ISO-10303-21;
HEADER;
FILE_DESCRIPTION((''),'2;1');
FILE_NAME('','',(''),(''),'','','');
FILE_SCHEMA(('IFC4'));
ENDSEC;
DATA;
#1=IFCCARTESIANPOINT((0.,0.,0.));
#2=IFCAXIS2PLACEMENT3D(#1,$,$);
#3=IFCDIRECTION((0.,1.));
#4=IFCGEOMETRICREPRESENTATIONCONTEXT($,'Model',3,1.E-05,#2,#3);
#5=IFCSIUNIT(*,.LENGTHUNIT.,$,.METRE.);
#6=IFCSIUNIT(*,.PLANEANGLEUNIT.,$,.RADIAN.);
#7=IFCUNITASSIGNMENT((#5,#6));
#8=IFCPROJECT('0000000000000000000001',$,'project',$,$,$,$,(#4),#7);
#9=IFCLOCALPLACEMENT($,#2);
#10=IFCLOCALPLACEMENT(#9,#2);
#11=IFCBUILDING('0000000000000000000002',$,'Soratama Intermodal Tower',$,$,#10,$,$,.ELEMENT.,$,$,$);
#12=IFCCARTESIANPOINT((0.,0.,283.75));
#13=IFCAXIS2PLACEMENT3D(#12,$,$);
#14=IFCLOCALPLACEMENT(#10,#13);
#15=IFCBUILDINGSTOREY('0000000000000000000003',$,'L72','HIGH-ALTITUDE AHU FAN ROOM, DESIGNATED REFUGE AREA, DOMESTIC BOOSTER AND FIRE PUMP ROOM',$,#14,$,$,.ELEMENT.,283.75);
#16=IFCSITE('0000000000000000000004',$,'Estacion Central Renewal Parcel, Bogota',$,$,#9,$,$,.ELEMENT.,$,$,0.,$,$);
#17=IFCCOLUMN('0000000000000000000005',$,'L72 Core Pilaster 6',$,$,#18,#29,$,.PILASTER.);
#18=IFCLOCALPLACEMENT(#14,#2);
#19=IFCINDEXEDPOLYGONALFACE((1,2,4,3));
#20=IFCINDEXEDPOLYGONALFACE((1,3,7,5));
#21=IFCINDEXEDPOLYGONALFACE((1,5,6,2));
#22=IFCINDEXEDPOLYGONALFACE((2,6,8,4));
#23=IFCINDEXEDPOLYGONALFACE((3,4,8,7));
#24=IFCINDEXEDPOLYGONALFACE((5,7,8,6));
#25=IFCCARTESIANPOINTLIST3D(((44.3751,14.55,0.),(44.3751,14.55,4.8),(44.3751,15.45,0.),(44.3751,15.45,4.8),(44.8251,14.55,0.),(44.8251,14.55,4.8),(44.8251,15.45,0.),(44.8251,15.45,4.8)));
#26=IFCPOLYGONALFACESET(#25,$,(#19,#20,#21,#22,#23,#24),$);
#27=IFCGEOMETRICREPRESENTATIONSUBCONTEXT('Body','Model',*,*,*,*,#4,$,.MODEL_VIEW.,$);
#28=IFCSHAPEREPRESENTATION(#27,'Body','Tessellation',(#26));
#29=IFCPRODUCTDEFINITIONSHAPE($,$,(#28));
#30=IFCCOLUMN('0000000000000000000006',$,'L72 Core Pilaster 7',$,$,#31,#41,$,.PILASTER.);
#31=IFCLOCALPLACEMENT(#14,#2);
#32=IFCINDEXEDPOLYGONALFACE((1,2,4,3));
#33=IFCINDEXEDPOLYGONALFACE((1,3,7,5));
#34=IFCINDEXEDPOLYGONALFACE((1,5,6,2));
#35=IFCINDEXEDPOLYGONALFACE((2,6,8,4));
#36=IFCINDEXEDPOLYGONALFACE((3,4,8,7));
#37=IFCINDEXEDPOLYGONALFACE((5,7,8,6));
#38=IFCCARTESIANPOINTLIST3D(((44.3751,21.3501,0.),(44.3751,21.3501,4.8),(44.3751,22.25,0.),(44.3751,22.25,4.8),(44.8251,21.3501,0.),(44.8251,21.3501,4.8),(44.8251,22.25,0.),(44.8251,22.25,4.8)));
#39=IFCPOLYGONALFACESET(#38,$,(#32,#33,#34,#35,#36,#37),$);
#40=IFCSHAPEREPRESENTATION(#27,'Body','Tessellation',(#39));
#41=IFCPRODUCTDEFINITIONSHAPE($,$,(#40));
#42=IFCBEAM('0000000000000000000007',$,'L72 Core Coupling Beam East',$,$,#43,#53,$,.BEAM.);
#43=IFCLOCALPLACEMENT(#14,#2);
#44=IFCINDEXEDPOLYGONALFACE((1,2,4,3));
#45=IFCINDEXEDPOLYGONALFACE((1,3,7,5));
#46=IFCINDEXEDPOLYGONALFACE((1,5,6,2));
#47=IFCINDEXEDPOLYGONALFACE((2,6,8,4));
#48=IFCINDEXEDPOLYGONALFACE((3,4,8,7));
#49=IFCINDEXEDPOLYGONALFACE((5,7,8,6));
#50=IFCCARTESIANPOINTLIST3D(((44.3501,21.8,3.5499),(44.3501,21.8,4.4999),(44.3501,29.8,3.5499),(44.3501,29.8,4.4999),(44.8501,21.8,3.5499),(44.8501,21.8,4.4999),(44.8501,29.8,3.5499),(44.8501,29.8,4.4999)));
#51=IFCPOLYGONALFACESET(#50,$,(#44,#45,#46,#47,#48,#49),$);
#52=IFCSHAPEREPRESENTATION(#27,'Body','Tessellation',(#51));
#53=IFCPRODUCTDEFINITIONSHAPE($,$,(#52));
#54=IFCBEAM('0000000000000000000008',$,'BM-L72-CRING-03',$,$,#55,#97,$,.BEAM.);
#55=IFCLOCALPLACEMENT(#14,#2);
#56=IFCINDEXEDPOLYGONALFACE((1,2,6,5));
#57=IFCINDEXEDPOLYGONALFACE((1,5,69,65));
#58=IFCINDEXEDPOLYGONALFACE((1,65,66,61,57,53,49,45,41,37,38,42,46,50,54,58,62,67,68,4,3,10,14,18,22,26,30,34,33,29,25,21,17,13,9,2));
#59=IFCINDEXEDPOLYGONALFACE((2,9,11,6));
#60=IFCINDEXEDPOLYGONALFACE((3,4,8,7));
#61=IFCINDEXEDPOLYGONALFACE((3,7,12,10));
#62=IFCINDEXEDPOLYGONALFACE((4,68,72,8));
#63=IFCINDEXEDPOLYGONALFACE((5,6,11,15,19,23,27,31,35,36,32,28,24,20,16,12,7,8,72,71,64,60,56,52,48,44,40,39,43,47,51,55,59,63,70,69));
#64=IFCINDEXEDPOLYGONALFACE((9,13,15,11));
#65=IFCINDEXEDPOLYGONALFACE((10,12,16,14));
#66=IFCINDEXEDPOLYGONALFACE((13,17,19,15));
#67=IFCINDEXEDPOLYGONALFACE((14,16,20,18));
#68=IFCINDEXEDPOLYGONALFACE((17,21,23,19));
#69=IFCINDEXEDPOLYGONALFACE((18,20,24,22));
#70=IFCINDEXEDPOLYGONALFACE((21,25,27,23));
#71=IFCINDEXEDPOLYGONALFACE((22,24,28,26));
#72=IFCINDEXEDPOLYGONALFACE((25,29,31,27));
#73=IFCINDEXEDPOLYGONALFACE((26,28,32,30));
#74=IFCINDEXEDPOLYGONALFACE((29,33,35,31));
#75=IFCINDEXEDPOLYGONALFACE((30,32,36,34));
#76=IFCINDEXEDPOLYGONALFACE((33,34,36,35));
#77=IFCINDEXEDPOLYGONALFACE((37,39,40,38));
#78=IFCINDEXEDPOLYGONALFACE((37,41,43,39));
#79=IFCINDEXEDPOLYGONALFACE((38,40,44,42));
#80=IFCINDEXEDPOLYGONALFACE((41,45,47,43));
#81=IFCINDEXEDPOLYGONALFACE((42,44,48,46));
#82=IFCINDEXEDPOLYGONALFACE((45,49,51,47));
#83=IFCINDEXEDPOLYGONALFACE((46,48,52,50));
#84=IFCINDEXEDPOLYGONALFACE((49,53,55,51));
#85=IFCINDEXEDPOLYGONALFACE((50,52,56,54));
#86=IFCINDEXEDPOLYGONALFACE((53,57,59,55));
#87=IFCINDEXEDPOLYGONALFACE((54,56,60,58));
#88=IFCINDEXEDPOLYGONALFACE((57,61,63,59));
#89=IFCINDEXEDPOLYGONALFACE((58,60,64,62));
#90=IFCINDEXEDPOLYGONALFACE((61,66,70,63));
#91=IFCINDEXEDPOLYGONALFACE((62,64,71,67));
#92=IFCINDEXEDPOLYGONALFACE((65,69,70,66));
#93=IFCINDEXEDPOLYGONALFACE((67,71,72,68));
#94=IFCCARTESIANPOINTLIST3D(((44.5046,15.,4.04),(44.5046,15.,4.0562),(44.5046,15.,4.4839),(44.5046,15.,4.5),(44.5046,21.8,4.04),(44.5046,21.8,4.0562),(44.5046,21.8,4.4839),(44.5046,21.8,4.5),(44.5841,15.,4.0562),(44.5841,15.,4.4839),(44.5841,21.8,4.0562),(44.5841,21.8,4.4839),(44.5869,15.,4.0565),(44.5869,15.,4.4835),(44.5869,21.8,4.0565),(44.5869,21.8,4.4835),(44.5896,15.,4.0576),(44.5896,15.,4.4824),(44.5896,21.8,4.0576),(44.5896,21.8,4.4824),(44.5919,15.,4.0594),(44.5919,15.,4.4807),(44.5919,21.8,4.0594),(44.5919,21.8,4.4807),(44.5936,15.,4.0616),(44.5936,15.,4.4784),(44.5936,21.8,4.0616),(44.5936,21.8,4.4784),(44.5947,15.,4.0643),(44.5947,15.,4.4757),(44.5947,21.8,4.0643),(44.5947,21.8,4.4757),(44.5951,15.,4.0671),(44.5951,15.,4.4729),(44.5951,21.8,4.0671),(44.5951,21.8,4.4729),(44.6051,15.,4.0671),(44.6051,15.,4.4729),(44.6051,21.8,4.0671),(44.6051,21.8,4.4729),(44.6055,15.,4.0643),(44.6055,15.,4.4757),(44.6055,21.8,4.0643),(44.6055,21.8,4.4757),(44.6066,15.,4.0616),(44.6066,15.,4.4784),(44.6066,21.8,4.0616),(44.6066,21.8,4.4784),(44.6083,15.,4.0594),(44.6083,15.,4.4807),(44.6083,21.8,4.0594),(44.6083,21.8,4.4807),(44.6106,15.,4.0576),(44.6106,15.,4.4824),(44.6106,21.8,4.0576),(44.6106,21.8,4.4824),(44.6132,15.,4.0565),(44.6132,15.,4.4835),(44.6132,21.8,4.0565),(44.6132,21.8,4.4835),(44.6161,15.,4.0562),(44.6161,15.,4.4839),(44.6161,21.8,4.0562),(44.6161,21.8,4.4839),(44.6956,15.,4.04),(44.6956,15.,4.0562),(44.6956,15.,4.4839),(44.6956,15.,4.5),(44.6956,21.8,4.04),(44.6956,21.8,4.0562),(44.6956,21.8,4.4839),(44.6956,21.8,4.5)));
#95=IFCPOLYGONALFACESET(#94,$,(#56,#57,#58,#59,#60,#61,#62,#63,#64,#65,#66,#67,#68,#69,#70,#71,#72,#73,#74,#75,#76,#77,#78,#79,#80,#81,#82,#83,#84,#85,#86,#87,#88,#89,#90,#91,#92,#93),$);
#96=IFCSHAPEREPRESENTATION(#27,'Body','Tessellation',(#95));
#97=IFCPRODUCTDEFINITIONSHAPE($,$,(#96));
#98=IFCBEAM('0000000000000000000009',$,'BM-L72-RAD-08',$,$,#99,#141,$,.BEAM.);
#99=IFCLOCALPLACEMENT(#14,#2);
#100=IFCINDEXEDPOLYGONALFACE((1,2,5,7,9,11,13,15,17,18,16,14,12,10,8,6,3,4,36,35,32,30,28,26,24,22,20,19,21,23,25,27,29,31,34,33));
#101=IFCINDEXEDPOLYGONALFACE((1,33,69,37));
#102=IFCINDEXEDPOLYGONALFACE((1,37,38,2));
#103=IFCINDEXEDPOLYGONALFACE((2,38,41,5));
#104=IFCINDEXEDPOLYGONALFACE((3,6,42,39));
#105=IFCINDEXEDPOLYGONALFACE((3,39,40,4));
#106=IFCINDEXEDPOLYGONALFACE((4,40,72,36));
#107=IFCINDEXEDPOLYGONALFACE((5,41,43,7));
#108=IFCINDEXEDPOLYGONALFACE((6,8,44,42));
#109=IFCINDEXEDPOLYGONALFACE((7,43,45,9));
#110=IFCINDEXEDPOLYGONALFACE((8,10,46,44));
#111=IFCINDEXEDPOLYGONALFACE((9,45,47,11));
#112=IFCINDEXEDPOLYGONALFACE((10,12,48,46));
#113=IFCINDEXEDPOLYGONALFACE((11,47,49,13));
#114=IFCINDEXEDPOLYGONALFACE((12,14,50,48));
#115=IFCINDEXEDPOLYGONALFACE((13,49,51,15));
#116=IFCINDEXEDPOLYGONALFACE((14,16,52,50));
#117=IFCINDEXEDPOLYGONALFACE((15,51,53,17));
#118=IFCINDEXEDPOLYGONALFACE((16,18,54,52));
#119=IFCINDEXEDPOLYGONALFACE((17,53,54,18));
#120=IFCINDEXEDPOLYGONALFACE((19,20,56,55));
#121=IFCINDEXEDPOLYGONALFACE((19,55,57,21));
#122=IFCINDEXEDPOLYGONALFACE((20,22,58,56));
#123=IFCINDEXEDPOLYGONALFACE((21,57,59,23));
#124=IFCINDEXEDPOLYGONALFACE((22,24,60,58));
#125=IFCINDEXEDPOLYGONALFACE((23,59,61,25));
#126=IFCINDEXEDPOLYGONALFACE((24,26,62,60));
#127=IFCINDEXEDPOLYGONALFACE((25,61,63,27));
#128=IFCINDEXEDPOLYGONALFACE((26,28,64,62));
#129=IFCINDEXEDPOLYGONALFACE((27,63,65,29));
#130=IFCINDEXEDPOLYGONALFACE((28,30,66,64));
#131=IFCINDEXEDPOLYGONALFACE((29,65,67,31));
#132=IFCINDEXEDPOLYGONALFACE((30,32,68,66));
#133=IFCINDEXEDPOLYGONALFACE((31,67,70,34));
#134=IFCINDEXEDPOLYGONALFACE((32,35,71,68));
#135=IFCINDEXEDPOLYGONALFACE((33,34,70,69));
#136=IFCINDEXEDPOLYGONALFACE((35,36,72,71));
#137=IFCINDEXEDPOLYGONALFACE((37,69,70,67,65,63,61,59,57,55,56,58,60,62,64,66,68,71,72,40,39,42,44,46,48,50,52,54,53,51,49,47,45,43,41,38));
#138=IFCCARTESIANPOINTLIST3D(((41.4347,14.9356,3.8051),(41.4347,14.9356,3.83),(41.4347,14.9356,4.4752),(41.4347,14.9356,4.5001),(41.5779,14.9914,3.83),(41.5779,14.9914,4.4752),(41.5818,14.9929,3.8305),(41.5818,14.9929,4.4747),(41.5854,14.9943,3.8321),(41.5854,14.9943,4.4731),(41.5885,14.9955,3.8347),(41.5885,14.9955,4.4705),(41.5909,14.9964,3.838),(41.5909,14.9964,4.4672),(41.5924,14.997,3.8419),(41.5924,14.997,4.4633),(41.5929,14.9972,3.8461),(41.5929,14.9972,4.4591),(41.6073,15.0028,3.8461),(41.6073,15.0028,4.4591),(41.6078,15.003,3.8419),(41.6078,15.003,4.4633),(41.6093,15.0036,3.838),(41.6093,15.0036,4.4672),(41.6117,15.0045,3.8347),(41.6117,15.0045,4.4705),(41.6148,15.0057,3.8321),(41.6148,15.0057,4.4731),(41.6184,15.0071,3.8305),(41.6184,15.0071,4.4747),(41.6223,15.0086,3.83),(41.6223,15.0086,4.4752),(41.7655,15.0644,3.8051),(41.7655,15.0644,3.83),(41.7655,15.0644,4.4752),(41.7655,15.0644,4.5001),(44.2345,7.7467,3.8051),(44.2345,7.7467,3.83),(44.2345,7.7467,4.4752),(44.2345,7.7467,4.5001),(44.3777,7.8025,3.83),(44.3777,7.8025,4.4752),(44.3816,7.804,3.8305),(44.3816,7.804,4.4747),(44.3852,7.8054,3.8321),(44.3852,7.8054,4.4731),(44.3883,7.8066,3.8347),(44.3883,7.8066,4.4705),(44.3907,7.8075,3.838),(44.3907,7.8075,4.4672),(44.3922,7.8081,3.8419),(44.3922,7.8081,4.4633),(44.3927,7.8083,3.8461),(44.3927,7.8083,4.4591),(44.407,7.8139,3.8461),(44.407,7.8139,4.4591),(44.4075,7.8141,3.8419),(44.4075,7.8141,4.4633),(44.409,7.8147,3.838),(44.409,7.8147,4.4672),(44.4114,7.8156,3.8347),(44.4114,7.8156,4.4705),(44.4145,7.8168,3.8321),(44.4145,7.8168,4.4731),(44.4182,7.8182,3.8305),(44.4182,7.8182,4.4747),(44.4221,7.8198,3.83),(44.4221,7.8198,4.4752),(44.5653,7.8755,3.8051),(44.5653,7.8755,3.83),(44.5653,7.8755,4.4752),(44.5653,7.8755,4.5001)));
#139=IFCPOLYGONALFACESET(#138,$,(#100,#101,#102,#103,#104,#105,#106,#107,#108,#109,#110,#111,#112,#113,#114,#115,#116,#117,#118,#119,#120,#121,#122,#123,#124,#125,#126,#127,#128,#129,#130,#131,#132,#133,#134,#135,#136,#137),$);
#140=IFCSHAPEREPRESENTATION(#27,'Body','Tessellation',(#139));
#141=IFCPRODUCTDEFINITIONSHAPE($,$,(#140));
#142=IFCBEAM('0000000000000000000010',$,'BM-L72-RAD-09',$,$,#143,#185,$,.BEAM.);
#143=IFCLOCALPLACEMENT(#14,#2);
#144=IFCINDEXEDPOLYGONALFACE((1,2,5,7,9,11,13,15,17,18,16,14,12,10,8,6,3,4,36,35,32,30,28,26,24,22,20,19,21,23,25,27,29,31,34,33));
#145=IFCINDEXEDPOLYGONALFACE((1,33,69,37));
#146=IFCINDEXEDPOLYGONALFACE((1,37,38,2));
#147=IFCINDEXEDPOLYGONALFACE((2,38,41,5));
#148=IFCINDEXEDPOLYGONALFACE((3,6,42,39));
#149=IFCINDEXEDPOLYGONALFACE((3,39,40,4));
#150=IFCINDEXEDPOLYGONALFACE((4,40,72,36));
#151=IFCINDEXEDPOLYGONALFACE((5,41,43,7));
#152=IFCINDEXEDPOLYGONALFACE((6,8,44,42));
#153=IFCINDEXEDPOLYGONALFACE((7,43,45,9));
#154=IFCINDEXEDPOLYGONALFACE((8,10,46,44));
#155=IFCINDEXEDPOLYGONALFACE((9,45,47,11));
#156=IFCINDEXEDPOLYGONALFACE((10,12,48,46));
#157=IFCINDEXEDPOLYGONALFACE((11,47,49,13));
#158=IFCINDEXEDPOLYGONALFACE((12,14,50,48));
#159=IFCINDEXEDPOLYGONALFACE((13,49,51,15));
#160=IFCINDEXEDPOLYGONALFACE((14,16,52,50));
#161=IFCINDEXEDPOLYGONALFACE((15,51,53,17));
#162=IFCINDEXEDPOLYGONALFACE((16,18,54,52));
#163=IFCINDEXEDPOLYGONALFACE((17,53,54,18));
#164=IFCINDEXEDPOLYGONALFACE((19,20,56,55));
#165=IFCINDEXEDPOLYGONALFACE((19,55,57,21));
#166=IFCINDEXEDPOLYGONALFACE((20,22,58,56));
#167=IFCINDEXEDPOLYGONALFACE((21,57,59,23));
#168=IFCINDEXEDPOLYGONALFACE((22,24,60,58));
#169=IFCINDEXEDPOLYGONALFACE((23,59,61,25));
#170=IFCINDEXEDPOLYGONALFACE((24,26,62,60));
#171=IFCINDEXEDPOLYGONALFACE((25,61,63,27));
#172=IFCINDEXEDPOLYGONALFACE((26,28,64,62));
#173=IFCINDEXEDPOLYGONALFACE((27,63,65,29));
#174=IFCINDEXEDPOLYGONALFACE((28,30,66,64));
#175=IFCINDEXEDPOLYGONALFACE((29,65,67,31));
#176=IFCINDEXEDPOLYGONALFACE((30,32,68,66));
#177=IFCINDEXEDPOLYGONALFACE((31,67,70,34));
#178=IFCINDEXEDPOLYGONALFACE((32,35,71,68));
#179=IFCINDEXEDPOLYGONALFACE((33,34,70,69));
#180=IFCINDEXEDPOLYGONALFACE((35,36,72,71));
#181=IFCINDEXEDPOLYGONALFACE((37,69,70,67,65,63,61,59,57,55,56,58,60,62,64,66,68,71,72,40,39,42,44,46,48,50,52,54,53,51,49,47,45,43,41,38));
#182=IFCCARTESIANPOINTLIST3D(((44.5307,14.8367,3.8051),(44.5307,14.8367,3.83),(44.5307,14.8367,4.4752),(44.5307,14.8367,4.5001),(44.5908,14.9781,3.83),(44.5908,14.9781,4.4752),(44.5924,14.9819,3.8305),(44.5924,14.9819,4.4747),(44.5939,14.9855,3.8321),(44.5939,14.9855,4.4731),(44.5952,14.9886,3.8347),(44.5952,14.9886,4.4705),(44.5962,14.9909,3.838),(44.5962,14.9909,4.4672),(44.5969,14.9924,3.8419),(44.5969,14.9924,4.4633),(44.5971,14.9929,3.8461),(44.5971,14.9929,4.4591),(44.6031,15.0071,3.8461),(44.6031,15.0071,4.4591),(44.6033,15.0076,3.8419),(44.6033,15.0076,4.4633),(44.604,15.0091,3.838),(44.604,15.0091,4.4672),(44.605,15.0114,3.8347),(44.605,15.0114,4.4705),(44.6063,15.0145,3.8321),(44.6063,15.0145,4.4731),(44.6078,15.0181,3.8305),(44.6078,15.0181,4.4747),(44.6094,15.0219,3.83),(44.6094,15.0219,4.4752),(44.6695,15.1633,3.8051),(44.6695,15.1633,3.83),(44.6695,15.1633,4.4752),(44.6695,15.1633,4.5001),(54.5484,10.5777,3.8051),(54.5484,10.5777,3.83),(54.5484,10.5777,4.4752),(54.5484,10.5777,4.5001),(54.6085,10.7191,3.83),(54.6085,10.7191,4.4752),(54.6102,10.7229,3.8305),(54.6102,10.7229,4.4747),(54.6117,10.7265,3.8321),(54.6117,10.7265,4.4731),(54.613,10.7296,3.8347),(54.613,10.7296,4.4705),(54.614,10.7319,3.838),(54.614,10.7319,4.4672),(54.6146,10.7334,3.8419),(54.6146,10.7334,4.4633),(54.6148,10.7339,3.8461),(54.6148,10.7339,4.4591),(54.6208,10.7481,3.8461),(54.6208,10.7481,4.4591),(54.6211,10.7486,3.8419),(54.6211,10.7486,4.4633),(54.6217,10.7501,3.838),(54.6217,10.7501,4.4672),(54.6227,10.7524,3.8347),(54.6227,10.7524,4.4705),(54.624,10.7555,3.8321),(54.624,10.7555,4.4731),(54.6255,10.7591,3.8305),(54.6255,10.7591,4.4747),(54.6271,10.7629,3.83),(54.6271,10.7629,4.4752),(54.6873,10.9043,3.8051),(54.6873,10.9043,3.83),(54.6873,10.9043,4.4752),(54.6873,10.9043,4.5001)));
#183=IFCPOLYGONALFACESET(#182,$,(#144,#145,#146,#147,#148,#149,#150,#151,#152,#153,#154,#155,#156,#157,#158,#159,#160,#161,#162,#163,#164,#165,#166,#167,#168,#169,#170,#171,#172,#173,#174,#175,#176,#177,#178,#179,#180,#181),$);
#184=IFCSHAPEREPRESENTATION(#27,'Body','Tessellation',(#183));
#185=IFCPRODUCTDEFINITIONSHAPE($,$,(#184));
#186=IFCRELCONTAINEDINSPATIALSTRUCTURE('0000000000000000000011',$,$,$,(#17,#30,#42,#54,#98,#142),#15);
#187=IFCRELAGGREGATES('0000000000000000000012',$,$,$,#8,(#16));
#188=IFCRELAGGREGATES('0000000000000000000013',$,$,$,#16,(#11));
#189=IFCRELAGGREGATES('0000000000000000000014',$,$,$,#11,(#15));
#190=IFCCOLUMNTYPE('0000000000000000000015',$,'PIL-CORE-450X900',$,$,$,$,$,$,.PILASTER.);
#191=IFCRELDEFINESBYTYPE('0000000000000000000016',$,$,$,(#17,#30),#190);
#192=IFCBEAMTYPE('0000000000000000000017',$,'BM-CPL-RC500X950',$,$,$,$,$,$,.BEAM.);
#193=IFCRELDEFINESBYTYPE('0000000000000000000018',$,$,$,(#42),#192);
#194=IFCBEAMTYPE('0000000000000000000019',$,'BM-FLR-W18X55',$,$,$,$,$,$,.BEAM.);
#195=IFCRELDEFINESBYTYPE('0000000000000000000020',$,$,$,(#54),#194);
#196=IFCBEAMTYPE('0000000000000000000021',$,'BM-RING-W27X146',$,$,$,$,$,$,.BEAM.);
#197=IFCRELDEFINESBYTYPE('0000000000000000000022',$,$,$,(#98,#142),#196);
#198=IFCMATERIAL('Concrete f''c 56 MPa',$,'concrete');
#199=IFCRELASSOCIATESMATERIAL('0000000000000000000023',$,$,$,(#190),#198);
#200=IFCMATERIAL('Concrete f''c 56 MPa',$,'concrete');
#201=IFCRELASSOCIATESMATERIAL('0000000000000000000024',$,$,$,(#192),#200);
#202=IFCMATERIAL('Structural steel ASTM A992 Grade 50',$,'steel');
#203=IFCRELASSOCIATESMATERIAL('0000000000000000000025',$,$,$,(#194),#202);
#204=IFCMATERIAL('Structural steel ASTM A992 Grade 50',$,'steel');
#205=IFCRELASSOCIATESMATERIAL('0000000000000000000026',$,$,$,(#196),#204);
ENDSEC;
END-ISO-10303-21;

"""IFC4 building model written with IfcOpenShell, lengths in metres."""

from ifc_helpers import new_model, si_unit, direction, frame, origin, origin_2d, place, context, subcontext, project, spatial, rectangle, i_section, extrude, material, material_profile, profile_set, type_object, element, save


model = new_model("IFC4")

# Units and contexts
model_context = context("Model", 3, precision=1e-05, world=origin(), true_north=direction((0.0, 1.0)))
body_context = subcontext(model_context, "Body", "Model", "MODEL_VIEW")
ifc_project = project(units=[si_unit("LENGTHUNIT", "METRE"), si_unit("PLANEANGLEUNIT", "RADIAN")], contexts=[model_context])

# Site, building, storey
site_placement = place(None, origin())
site = spatial("IfcSite", under=ifc_project, at=site_placement, Name="Estacion Central Renewal Parcel, Bogota", CompositionType="ELEMENT", RefElevation=0.0)
building_placement = place(site_placement, origin())
building = spatial("IfcBuilding", under=site, at=building_placement, Name="Soratama Intermodal Tower", CompositionType="ELEMENT")
storey_placement = place(building_placement, frame((0.0, 0.0, 283.75)))
storey = spatial("IfcBuildingStorey", under=building, at=storey_placement, Name="L72", Description="HIGH-ALTITUDE AHU FAN ROOM, DESIGNATED REFUGE AREA, DOMESTIC BOOSTER AND FIRE PUMP ROOM", CompositionType="ELEMENT", Elevation=283.75)

# Columns
ifc_material_1 = material(Name="Concrete f'c 56 MPa", Category="concrete")
ifc_material_profile_1 = material_profile(ifc_material_1, rectangle(XDim=0.45, YDim=0.8999, at=origin_2d()), Name="RC450X900")
ifc_profile_set_1 = profile_set([ifc_material_profile_1], Name="Concrete f'c 56 MPa")
column_type = type_object("IfcColumnType", Name="PIL-CORE-450X900", PredefinedType="PILASTER", material=ifc_profile_set_1)
for number, where, z_axis, x_axis, name in (
    (1, (44.6001, 15.0, 0.0), (0.0, 0.0, 1.0), (1.0, 0.0, 0.0), "L72 Core Pilaster 6"),
    (2, (44.6001, 21.8, 0.0), (0.0, 0.0, 1.0), (1.0, 0.0, 0.0), "L72 Core Pilaster 7"),
):
    element("IfcColumn", number, at=place(storey_placement, frame(where, z_axis=z_axis, x_axis=x_axis)), inside=storey, type_object=column_type, Name=name, PredefinedType="PILASTER", context=body_context, shape_type="SweptSolid", body=[
        extrude(rectangle(XDim=0.45, YDim=0.8999, at=origin_2d()), origin(), (0.0, 0.0, 1.0), 4.8),
    ])

# Beams
ifc_material_2 = material(Name="Concrete f'c 56 MPa", Category="concrete")
ifc_material_profile_2 = material_profile(ifc_material_2, rectangle(XDim=0.5, YDim=0.95, at=origin_2d()), Name="RC500X950")
ifc_profile_set_2 = profile_set([ifc_material_profile_2], Name="Concrete f'c 56 MPa")
beam_type_1 = type_object("IfcBeamType", Name="BM-CPL-RC500X950", PredefinedType="BEAM", material=ifc_profile_set_2)
beam_1_placement = place(storey_placement, frame((44.6001, 21.8, 4.0249), z_axis=(0.0, 1.0, 0.0), x_axis=(-1.0, 0.0, 0.0)))
element("IfcBeam", 3, at=beam_1_placement, inside=storey, type_object=beam_type_1, Name="L72 Core Coupling Beam East", PredefinedType="BEAM", context=body_context, shape_type="SweptSolid", body=[
    extrude(rectangle(XDim=0.5, YDim=0.95, at=origin_2d()), origin(), (0.0, 0.0, 1.0), 8.0),
])
ifc_material_3 = material(Name="Structural steel ASTM A992 Grade 50", Category="steel")
ifc_material_profile_3 = material_profile(ifc_material_3, i_section(OverallWidth=0.1909, OverallDepth=0.46, WebThickness=0.01, FlangeThickness=0.0161, FilletRadius=0.011, at=origin_2d()), Name="W18X55")
ifc_profile_set_3 = profile_set([ifc_material_profile_3], Name="Structural steel ASTM A992 Grade 50")
beam_type_2 = type_object("IfcBeamType", Name="BM-FLR-W18X55", PredefinedType="BEAM", material=ifc_profile_set_3)
beam_2_placement = place(storey_placement, frame((44.6001, 15.0, 4.27), z_axis=(0.0, 1.0, 0.0), x_axis=(-1.0, 0.0, 0.0)))
element("IfcBeam", 4, at=beam_2_placement, inside=storey, type_object=beam_type_2, Name="BM-L72-CRING-03", PredefinedType="BEAM", context=body_context, shape_type="SweptSolid", body=[
    extrude(i_section(OverallWidth=0.1909, OverallDepth=0.46, WebThickness=0.01, FlangeThickness=0.0161, FilletRadius=0.011, at=origin_2d()), origin(), (0.0, 0.0, 1.0), 6.8),
])
ifc_material_4 = material(Name="Structural steel ASTM A992 Grade 50", Category="steel")
ifc_material_profile_4 = material_profile(ifc_material_4, i_section(OverallWidth=0.355, OverallDepth=0.6951, WebThickness=0.0154, FlangeThickness=0.0249, FilletRadius=0.0161, at=origin_2d()), Name="W27X146")
ifc_profile_set_4 = profile_set([ifc_material_profile_4], Name="Structural steel ASTM A992 Grade 50")
beam_type_3 = type_object("IfcBeamType", Name="BM-RING-W27X146", PredefinedType="BEAM", material=ifc_profile_set_4)
beam_3_placement = place(storey_placement, frame((41.6001, 15.0, 4.1526), z_axis=(0.362907, -0.931825, 0.0), x_axis=(0.931825, 0.362907, 0.0)))
element("IfcBeam", 5, at=beam_3_placement, inside=storey, type_object=beam_type_3, Name="BM-L72-RAD-08", PredefinedType="BEAM", context=body_context, shape_type="SweptSolid", body=[
    extrude(i_section(OverallWidth=0.355, OverallDepth=0.6951, WebThickness=0.0154, FlangeThickness=0.0249, FilletRadius=0.0161, at=origin_2d()), origin(), (0.0, 0.0, 1.0), 7.7148),
])
beam_4_placement = place(storey_placement, frame((44.6001, 15.0, 4.1526), z_axis=(0.920283, -0.391254, 0.0), x_axis=(0.391254, 0.920283, 0.0)))
element("IfcBeam", 6, at=beam_4_placement, inside=storey, type_object=beam_type_3, Name="BM-L72-RAD-09", PredefinedType="BEAM", context=body_context, shape_type="SweptSolid", body=[
    extrude(i_section(OverallWidth=0.355, OverallDepth=0.6951, WebThickness=0.0154, FlangeThickness=0.0249, FilletRadius=0.0161, at=origin_2d()), origin(), (0.0, 0.0, 1.0), 10.8855),
])

save(model, "model.ifc")
